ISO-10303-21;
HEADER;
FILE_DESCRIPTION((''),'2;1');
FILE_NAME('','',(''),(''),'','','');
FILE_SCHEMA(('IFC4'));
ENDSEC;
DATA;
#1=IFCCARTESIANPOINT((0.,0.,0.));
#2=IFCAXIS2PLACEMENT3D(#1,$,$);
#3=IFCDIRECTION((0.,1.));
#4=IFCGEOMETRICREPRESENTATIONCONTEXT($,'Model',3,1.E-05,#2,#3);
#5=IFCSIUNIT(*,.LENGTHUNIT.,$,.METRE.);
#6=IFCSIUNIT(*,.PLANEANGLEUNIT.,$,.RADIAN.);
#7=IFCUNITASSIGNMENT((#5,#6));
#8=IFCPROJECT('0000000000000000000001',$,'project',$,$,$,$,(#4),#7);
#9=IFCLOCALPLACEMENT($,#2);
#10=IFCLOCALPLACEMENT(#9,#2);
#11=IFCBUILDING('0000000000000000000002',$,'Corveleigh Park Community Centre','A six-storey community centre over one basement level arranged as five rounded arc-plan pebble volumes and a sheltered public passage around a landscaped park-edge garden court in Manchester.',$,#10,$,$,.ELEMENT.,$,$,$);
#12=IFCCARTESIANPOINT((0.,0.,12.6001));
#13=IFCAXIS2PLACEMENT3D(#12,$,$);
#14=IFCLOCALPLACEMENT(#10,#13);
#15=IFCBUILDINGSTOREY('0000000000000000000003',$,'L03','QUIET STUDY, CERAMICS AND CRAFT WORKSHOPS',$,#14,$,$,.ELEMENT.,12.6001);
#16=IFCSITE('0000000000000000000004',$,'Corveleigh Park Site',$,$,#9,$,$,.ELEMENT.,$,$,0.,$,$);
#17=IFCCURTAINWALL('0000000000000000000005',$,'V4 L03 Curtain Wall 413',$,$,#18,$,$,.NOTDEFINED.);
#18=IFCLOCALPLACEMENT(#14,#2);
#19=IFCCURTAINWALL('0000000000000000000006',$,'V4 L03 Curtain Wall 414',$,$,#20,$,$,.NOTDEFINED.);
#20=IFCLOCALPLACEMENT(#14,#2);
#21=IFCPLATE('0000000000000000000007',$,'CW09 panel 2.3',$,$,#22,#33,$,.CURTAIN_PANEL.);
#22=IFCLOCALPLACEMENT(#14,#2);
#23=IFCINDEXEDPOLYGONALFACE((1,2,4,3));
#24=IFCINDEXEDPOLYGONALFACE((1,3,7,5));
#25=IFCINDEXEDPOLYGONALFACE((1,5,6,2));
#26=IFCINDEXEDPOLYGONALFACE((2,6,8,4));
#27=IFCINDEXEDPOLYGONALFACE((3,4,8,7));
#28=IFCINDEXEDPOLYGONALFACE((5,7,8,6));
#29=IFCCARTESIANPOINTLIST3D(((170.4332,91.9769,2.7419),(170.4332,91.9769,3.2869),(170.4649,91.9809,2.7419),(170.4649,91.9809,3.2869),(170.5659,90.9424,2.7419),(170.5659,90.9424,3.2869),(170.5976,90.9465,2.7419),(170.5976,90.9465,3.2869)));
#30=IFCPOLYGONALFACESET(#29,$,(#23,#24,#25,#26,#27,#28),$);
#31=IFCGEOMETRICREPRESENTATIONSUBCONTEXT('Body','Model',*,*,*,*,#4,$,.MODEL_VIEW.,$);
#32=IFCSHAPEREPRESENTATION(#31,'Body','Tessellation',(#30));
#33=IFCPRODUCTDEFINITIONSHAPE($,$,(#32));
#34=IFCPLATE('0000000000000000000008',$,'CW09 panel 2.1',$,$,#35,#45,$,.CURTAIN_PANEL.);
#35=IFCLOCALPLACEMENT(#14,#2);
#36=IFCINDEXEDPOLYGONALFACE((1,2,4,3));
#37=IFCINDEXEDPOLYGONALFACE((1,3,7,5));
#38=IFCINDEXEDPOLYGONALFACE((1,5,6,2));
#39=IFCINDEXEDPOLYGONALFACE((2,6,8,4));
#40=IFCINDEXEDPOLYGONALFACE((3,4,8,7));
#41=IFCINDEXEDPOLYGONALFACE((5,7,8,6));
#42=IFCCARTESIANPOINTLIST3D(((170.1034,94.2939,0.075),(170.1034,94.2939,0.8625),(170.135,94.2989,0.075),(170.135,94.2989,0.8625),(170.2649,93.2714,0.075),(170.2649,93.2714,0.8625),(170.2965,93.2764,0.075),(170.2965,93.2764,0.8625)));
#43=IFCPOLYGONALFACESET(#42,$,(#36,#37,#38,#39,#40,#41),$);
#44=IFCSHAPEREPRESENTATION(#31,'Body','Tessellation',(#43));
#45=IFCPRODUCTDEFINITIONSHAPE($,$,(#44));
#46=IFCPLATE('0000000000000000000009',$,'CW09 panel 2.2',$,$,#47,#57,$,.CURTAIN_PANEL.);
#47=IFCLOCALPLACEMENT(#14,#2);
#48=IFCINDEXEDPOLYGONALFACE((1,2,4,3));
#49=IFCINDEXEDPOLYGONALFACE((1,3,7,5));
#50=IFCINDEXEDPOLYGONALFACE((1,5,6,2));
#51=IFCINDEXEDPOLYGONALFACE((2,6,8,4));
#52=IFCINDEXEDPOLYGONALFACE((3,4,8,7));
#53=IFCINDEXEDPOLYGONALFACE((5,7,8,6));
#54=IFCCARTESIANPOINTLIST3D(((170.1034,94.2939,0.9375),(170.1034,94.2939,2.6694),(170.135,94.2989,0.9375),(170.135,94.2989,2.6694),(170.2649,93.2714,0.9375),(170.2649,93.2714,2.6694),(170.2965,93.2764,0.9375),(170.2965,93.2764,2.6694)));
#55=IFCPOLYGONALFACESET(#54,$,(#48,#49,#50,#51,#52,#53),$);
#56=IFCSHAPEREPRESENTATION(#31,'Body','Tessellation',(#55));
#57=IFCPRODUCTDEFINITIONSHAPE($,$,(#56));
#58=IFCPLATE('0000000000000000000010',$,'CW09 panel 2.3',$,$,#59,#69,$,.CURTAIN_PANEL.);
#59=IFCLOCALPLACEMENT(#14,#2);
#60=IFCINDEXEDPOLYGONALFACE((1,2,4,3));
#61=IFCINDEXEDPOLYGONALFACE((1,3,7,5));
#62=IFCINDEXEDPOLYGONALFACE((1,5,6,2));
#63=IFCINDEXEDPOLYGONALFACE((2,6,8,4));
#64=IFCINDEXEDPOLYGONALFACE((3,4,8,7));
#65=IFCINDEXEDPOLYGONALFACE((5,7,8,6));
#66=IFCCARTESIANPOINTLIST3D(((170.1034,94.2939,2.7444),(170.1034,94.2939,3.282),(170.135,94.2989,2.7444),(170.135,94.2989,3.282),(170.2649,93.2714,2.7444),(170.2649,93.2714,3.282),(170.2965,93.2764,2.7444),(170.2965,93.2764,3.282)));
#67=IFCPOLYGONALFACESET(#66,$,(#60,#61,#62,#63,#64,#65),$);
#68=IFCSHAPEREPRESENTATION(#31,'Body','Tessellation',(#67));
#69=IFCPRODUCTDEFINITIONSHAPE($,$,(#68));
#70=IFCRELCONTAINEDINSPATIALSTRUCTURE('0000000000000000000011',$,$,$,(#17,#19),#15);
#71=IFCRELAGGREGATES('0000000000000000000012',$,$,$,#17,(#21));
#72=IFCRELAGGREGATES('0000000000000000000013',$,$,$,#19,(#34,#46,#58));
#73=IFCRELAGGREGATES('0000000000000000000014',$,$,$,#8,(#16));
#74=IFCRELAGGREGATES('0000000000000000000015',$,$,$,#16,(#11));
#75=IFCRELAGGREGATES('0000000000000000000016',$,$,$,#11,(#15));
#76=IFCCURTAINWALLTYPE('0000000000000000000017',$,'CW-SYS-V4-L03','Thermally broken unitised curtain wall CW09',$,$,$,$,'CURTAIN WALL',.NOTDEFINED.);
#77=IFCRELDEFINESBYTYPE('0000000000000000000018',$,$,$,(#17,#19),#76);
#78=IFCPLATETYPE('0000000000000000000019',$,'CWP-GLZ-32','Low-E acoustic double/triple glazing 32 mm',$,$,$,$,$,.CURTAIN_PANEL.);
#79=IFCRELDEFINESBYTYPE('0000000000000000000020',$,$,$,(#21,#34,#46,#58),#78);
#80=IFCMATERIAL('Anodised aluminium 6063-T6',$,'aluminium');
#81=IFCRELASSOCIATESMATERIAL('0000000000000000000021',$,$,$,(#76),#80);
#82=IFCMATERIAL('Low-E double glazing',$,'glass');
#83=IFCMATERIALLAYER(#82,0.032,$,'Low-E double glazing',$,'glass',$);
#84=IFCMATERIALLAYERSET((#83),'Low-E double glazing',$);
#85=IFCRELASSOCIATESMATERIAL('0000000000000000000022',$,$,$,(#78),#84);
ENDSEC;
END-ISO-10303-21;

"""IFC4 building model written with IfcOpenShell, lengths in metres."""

from ifc_helpers import new_model, si_unit, direction, frame, origin, origin_2d, place, context, subcontext, project, spatial, rectangle, extrude, material, layer, layer_set, type_object, element, aggregate, save


model = new_model("IFC4")

# Units and contexts
model_context = context("Model", 3, precision=1e-05, world=origin(), true_north=direction((0.0, 1.0)))
body_context = subcontext(model_context, "Body", "Model", "MODEL_VIEW")
ifc_project = project(units=[si_unit("LENGTHUNIT", "METRE"), si_unit("PLANEANGLEUNIT", "RADIAN")], contexts=[model_context])

# Site, building, storey
site_placement = place(None, origin())
site = spatial("IfcSite", under=ifc_project, at=site_placement, Name="Corveleigh Park Site", CompositionType="ELEMENT", RefElevation=0.0)
building_placement = place(site_placement, origin())
building = spatial("IfcBuilding", under=site, at=building_placement, Name="Corveleigh Park Community Centre", Description="A six-storey community centre over one basement level arranged as five rounded arc-plan pebble volumes and a sheltered public passage around a landscaped park-edge garden court in Manchester.", CompositionType="ELEMENT")
storey_placement = place(building_placement, frame((0.0, 0.0, 12.6001)))
storey = spatial("IfcBuildingStorey", under=building, at=storey_placement, Name="L03", Description="QUIET STUDY, CERAMICS AND CRAFT WORKSHOPS", CompositionType="ELEMENT", Elevation=12.6001)

# Curtain wall
ifc_material_1 = material(Name="Anodised aluminium 6063-T6", Category="aluminium")
curtain_wall_type = type_object("IfcCurtainWallType", Name="CW-SYS-V4-L03", Description="Thermally broken unitised curtain wall CW09", ElementType="CURTAIN WALL", PredefinedType="NOTDEFINED", material=ifc_material_1)
curtain_wall_1_placement = place(storey_placement, origin())
curtain_wall_1 = element("IfcCurtainWall", 1, at=curtain_wall_1_placement, inside=storey, type_object=curtain_wall_type, Name="V4 L03 Curtain Wall 413", PredefinedType="NOTDEFINED")

# Curtain wall
curtain_wall_2_placement = place(storey_placement, origin())
curtain_wall_2 = element("IfcCurtainWall", 2, at=curtain_wall_2_placement, inside=storey, type_object=curtain_wall_type, Name="V4 L03 Curtain Wall 414", PredefinedType="NOTDEFINED")

# Plates
ifc_material_2 = material(Name="Low-E double glazing", Category="glass")
ifc_layer_1 = layer(ifc_material_2, 0.032, Name="Low-E double glazing", Category="glass")
ifc_layer_set_1 = layer_set([ifc_layer_1], Name="Low-E double glazing")
plate_type_1 = type_object("IfcPlateType", Name="CWP-GLZ-32", Description="Low-E acoustic double/triple glazing 32 mm", PredefinedType="CURTAIN_PANEL", material=ifc_layer_set_1)
plate_1_placement = place(storey_placement, frame((170.5154, 91.4617, 2.7419), z_axis=(0.0, 0.0, 1.0), x_axis=(0.127262, -0.991869, 0.0)))
plate_1 = element("IfcPlate", 3, at=plate_1_placement, type_object=plate_type_1, Name="CW09 panel 2.3", PredefinedType="CURTAIN_PANEL", context=body_context, shape_type="SweptSolid", body=[
    extrude(rectangle(XDim=1.043, YDim=0.032, at=origin_2d()), origin(), (0.0, 0.0, 1.0), 0.5449),
])
aggregate(curtain_wall_1, [plate_1])
plate_2_placement = place(storey_placement, frame((170.2, 93.7852, 0.075), z_axis=(0.0, 0.0, 1.0), x_axis=(0.156095, -0.987742, 0.0)))
plate_2 = element("IfcPlate", 4, at=plate_2_placement, type_object=plate_type_1, Name="CW09 panel 2.1", PredefinedType="CURTAIN_PANEL", context=body_context, shape_type="SweptSolid", body=[
    extrude(rectangle(XDim=1.0352, YDim=0.032, at=origin_2d()), origin(), (0.0, 0.0, 1.0), 0.7876),
])
plate_3_placement = place(storey_placement, frame((170.2, 93.7852, 0.9375), z_axis=(0.0, 0.0, 1.0), x_axis=(0.156095, -0.987742, 0.0)))
plate_3 = element("IfcPlate", 5, at=plate_3_placement, type_object=plate_type_1, Name="CW09 panel 2.2", PredefinedType="CURTAIN_PANEL", context=body_context, shape_type="SweptSolid", body=[
    extrude(rectangle(XDim=1.0352, YDim=0.032, at=origin_2d()), origin(), (0.0, 0.0, 1.0), 1.7319),
])
plate_4_placement = place(storey_placement, frame((170.2, 93.7852, 2.7444), z_axis=(0.0, 0.0, 1.0), x_axis=(0.156095, -0.987742, 0.0)))
plate_4 = element("IfcPlate", 6, at=plate_4_placement, type_object=plate_type_1, Name="CW09 panel 2.3", PredefinedType="CURTAIN_PANEL", context=body_context, shape_type="SweptSolid", body=[
    extrude(rectangle(XDim=1.0352, YDim=0.032, at=origin_2d()), origin(), (0.0, 0.0, 1.0), 0.5376),
])
aggregate(curtain_wall_2, [plate_2, plate_3, plate_4])

save(model, "model.ifc")
